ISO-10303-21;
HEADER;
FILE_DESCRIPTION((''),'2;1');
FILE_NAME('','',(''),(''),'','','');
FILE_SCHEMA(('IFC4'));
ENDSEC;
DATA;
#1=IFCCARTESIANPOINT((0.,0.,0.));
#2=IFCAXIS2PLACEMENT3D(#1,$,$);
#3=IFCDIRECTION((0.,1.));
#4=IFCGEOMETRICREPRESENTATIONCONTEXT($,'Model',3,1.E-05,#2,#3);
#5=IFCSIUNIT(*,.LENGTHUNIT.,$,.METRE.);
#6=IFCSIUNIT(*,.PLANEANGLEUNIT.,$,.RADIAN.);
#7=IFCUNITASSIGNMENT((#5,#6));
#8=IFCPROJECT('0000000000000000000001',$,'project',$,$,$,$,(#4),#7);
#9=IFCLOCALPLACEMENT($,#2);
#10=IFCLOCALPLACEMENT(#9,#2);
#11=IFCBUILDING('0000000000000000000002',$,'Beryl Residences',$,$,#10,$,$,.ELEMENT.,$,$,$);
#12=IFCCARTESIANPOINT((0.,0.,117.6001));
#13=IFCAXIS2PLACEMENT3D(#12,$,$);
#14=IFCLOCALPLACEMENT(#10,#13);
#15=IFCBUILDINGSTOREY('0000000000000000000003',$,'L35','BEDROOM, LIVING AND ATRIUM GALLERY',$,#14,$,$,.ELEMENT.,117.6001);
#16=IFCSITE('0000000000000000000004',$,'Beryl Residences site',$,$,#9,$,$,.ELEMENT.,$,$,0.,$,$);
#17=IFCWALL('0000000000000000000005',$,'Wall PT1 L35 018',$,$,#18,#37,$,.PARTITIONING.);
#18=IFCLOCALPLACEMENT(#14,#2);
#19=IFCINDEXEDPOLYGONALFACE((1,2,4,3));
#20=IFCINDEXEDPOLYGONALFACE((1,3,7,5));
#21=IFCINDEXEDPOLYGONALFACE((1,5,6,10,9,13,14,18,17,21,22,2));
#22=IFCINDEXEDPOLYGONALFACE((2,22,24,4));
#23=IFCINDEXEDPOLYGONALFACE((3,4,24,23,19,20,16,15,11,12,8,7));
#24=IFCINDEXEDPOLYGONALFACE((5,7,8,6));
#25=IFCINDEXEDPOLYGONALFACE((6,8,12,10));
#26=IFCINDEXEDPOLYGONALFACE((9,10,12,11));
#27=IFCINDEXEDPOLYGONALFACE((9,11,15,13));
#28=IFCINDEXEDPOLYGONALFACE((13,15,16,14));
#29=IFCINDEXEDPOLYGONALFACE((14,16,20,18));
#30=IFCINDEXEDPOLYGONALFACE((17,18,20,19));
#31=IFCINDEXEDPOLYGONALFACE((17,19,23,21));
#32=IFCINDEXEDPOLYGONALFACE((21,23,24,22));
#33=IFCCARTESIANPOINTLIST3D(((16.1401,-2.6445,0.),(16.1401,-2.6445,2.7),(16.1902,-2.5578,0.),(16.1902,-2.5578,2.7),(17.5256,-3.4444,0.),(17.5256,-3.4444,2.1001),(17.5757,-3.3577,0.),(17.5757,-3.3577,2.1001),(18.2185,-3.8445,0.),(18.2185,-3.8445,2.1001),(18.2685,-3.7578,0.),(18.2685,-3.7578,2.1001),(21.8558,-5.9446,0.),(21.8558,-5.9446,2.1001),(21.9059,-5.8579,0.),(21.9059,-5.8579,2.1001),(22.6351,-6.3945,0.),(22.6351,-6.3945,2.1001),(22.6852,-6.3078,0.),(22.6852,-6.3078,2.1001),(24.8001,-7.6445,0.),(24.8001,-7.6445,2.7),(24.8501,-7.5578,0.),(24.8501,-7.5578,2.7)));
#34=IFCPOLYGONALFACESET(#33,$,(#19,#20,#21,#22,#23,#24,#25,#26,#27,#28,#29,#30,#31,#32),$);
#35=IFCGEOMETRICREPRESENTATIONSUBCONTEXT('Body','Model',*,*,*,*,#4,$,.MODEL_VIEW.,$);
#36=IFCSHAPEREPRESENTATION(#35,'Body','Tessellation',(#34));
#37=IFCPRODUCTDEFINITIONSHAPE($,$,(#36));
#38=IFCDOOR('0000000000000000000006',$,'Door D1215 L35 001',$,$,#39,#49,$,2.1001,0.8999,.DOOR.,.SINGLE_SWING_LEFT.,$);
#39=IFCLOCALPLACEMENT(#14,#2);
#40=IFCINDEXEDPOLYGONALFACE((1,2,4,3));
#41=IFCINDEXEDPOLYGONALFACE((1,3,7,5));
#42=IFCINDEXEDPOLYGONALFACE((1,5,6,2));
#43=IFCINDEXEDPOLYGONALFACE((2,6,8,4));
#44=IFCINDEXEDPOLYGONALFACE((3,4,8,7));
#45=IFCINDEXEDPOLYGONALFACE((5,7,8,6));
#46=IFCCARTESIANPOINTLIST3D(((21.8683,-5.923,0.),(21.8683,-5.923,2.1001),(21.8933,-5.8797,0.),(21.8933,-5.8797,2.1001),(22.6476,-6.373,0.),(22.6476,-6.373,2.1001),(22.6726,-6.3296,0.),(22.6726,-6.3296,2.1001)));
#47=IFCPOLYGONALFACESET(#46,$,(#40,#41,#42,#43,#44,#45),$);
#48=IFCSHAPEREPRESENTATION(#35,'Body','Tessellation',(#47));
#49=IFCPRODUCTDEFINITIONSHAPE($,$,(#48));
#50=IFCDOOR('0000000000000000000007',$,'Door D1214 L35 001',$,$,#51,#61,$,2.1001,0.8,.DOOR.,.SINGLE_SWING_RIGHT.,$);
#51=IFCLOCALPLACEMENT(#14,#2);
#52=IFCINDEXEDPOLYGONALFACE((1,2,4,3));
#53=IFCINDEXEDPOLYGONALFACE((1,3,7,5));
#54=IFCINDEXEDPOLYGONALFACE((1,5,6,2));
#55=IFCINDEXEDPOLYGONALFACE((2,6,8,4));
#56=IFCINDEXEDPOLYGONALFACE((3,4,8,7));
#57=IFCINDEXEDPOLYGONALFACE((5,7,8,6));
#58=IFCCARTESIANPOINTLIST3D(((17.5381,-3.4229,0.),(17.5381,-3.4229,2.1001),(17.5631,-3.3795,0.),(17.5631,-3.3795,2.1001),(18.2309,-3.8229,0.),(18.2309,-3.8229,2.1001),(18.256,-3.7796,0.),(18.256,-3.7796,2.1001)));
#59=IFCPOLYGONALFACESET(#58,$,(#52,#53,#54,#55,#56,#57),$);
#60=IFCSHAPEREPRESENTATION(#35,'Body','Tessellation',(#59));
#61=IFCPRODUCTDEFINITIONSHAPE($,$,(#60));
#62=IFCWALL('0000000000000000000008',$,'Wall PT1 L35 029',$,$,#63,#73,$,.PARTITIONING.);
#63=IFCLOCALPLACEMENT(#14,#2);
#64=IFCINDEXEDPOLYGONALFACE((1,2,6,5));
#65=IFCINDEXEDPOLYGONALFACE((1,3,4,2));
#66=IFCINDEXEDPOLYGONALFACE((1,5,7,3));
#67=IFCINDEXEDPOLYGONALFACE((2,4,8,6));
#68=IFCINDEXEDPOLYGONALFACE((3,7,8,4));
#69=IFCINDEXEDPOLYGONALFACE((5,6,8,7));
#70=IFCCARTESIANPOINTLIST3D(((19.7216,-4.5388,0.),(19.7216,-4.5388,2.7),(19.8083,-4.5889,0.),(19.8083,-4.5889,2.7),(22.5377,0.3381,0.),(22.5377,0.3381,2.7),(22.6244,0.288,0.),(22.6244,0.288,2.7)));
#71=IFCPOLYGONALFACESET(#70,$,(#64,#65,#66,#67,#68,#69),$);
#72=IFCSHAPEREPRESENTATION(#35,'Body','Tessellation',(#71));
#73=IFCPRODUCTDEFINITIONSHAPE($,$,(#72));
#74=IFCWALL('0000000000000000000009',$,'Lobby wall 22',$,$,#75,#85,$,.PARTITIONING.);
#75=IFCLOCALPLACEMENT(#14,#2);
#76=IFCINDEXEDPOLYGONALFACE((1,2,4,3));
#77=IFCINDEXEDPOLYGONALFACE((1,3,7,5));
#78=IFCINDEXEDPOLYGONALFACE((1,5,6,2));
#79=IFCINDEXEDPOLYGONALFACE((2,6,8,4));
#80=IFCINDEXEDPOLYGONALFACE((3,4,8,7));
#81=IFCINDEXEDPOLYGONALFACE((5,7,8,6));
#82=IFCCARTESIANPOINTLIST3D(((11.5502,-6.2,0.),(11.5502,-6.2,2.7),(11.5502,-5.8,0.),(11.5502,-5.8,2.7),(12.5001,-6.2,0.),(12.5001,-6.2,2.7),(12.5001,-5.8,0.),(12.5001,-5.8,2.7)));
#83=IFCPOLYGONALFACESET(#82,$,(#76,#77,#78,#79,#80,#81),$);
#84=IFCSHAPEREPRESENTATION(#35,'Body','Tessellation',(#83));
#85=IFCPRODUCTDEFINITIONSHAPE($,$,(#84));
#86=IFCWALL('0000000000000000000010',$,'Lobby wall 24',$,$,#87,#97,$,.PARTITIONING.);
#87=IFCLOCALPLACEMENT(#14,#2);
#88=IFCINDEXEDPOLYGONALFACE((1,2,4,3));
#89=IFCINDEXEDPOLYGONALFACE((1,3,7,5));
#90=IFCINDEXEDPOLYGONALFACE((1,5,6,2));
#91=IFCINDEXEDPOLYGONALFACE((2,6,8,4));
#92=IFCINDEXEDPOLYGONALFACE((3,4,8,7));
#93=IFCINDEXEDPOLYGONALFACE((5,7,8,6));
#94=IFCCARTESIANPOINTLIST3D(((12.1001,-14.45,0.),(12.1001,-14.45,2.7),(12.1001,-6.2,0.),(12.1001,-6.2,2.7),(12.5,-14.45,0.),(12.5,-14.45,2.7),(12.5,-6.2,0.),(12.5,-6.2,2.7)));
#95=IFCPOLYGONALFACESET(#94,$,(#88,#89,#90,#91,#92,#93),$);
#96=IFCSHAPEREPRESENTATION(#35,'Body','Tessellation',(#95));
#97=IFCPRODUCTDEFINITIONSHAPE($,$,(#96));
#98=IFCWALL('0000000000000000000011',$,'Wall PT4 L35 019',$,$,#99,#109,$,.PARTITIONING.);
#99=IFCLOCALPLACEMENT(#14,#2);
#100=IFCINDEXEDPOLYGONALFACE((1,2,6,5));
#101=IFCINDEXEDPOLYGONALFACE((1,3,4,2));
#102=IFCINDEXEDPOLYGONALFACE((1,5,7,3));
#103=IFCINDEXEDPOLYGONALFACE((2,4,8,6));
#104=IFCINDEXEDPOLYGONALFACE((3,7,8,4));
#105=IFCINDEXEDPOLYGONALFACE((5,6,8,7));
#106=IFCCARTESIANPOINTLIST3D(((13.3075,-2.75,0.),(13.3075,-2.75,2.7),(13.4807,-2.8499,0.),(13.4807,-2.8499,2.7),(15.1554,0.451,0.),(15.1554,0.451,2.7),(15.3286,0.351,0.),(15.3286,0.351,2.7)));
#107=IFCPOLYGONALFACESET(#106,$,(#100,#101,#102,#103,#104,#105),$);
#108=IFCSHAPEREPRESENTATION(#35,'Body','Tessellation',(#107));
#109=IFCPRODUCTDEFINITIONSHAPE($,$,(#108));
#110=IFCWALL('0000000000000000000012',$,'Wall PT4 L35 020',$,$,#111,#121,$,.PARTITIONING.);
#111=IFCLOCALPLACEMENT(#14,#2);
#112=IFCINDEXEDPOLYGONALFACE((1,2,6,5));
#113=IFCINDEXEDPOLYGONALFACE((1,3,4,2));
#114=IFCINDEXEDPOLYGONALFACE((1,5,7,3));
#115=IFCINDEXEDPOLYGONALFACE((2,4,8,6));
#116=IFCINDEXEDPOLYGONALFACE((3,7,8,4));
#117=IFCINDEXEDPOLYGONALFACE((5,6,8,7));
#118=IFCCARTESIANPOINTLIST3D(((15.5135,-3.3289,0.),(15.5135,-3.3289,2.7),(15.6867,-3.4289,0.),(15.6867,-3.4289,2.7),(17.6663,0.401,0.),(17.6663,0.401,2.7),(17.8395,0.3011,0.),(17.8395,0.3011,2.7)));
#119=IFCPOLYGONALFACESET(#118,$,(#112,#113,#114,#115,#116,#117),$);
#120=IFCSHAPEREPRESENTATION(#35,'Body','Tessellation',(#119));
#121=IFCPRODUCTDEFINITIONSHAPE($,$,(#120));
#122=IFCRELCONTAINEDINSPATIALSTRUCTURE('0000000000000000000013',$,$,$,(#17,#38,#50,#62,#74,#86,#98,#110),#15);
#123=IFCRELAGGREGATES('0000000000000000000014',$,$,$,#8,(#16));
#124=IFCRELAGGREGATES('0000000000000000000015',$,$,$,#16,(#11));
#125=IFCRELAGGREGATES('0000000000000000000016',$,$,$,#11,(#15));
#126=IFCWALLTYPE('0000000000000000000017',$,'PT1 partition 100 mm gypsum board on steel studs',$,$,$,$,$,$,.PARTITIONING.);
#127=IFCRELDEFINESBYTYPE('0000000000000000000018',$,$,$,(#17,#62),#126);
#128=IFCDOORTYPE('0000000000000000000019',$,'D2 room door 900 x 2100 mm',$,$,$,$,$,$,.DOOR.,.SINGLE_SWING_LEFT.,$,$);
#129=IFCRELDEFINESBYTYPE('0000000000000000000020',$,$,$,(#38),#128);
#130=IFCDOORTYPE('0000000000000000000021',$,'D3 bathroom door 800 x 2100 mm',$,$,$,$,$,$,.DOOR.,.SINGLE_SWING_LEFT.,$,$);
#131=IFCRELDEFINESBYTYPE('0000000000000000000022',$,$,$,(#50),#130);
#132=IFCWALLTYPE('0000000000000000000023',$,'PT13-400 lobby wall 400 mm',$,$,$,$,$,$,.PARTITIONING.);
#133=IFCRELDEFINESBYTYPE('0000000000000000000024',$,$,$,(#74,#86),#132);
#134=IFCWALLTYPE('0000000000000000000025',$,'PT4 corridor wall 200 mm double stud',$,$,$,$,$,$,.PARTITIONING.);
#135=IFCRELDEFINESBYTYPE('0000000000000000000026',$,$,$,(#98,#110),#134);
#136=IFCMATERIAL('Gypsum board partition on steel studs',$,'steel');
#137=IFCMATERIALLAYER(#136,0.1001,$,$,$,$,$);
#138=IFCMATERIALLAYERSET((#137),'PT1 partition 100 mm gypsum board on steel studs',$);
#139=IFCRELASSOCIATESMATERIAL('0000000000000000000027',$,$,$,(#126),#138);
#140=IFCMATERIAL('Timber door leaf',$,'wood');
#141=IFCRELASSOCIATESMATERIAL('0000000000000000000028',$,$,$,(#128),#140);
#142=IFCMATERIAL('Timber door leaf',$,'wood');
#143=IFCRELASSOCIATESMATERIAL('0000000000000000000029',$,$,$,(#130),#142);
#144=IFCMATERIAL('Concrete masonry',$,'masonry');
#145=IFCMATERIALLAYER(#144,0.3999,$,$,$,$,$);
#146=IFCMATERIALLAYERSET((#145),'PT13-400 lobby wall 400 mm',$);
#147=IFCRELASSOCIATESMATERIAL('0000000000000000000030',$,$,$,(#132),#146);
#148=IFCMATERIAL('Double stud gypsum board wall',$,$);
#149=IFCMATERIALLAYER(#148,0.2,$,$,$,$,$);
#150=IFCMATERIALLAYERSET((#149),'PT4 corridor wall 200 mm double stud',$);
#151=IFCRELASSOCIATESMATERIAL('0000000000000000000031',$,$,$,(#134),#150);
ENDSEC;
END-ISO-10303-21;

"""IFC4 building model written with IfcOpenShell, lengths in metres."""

from ifc_helpers import new_model, si_unit, direction, frame, frame_2d, origin, place, context, subcontext, project, spatial, rectangle, extrude, material, layer, layer_set, type_object, element, fill, save


model = new_model("IFC4")

# Units and contexts
model_context = context("Model", 3, precision=1e-05, world=origin(), true_north=direction((0.0, 1.0)))
body_context = subcontext(model_context, "Body", "Model", "MODEL_VIEW")
ifc_project = project(units=[si_unit("LENGTHUNIT", "METRE"), si_unit("PLANEANGLEUNIT", "RADIAN")], contexts=[model_context])

# Site, building, storey
site_placement = place(None, origin())
site = spatial("IfcSite", under=ifc_project, at=site_placement, Name="Beryl Residences site", CompositionType="ELEMENT", RefElevation=0.0)
building_placement = place(site_placement, origin())
building = spatial("IfcBuilding", under=site, at=building_placement, Name="Beryl Residences", CompositionType="ELEMENT")
storey_placement = place(building_placement, frame((0.0, 0.0, 117.6001)))
storey = spatial("IfcBuildingStorey", under=building, at=storey_placement, Name="L35", Description="BEDROOM, LIVING AND ATRIUM GALLERY", CompositionType="ELEMENT", Elevation=117.6001)

# Shared definitions
ifc_material_1 = material(Name="Gypsum board partition on steel studs", Category="steel")
ifc_layer_1 = layer(ifc_material_1, 0.1001)
ifc_layer_set_1 = layer_set([ifc_layer_1], Name="PT1 partition 100 mm gypsum board on steel studs")
wall_type_1 = type_object("IfcWallType", Name="PT1 partition 100 mm gypsum board on steel studs", PredefinedType="PARTITIONING", material=ifc_layer_set_1)
ifc_material_2 = material(Name="Timber door leaf", Category="wood")
door_type_1 = type_object("IfcDoorType", Name="D2 room door 900 x 2100 mm", OperationType="SINGLE_SWING_LEFT", PredefinedType="DOOR", material=ifc_material_2)

# Wall, openings, doors
wall_1_placement = place(storey_placement, frame((16.165, -2.6011, 0.0), z_axis=(0.0, 0.0, 1.0), x_axis=(0.866017, -0.500015, 0.0)))
wall_1 = element("IfcWall", 1, at=wall_1_placement, inside=storey, type_object=wall_type_1, Name="Wall PT1 L35 018", PredefinedType="PARTITIONING", context=body_context, shape_type="SweptSolid", body=[
    extrude(rectangle(XDim=9.9998, YDim=0.1001, at=frame_2d((5.0, 0.0))), origin(), (0.0, 0.0, 1.0), 2.7),
])
opening_1_placement = place(wall_1_placement, frame((1.6001, 0.0, 0.0)))
opening_1 = element("IfcOpeningElement", 2, at=opening_1_placement, cuts=wall_1, PredefinedType="OPENING", context=body_context, shape_type="SweptSolid", body=[
    extrude(rectangle(XDim=0.8, YDim=2.1001, at=frame_2d((0.3999, 1.05))), frame((0.0, 0.0601, 0.0), z_axis=(0.0, -1.0, 0.0), x_axis=(1.0, 0.0, 0.0)), (0.0, 0.0, 1.0), 0.1201),
])
opening_2_placement = place(wall_1_placement, frame((6.6001, 0.0, 0.0)))
opening_2 = element("IfcOpeningElement", 3, at=opening_2_placement, cuts=wall_1, PredefinedType="OPENING", context=body_context, shape_type="SweptSolid", body=[
    extrude(rectangle(XDim=0.8999, YDim=2.1001, at=frame_2d((0.45, 1.05))), frame((0.0, 0.0601, 0.0), z_axis=(0.0, -1.0, 0.0), x_axis=(1.0, 0.0, 0.0)), (0.0, 0.0, 1.0), 0.1201),
])
door_1_placement = place(opening_2_placement, origin())
door_1 = element("IfcDoor", 4, at=door_1_placement, inside=storey, type_object=door_type_1, Name="Door D1215 L35 001", OperationType="SINGLE_SWING_LEFT", OverallHeight=2.1001, OverallWidth=0.8999, PredefinedType="DOOR", context=body_context, shape_type="SweptSolid", body=[
    extrude(rectangle(XDim=0.8999, YDim=2.1001, at=frame_2d((0.45, 1.05))), frame((0.0, 0.0249, 0.0), z_axis=(0.0, -1.0, 0.0), x_axis=(1.0, 0.0, 0.0)), (0.0, 0.0, 1.0), 0.05),
])
fill(opening_2, door_1)
ifc_material_3 = material(Name="Timber door leaf", Category="wood")
door_type_2 = type_object("IfcDoorType", Name="D3 bathroom door 800 x 2100 mm", OperationType="SINGLE_SWING_LEFT", PredefinedType="DOOR", material=ifc_material_3)
door_2_placement = place(opening_1_placement, origin())
door_2 = element("IfcDoor", 5, at=door_2_placement, inside=storey, type_object=door_type_2, Name="Door D1214 L35 001", OperationType="SINGLE_SWING_RIGHT", OverallHeight=2.1001, OverallWidth=0.8, PredefinedType="DOOR", context=body_context, shape_type="SweptSolid", body=[
    extrude(rectangle(XDim=0.8, YDim=2.1001, at=frame_2d((0.3999, 1.05))), frame((0.0, 0.0249, 0.0), z_axis=(0.0, -1.0, 0.0), x_axis=(1.0, 0.0, 0.0)), (0.0, 0.0, 1.0), 0.05),
])
fill(opening_1, door_2)

# Walls
wall_2_placement = place(storey_placement, frame((19.7649, -4.564, 0.0), z_axis=(0.0, 0.0, 1.0), x_axis=(0.50006, 0.865991, 0.0)))
element("IfcWall", 6, at=wall_2_placement, inside=storey, type_object=wall_type_1, Name="Wall PT1 L35 029", PredefinedType="PARTITIONING", context=body_context, shape_type="SweptSolid", body=[
    extrude(rectangle(XDim=5.6316, YDim=0.1001, at=frame_2d((2.8159, 0.0))), origin(), (0.0, 0.0, 1.0), 2.7),
])
ifc_material_4 = material(Name="Concrete masonry", Category="masonry")
ifc_layer_2 = layer(ifc_material_4, 0.3999)
ifc_layer_set_2 = layer_set([ifc_layer_2], Name="PT13-400 lobby wall 400 mm")
wall_type_2 = type_object("IfcWallType", Name="PT13-400 lobby wall 400 mm", PredefinedType="PARTITIONING", material=ifc_layer_set_2)
wall_3_placement = place(storey_placement, frame((11.55, -6.0, 0.0), z_axis=(0.0, 0.0, 1.0), x_axis=(1.0, 0.0, 0.0)))
element("IfcWall", 7, at=wall_3_placement, inside=storey, type_object=wall_type_2, Name="Lobby wall 22", PredefinedType="PARTITIONING", context=body_context, shape_type="SweptSolid", body=[
    extrude(rectangle(XDim=0.95, YDim=0.3999, at=frame_2d((0.4751, 0.0))), origin(), (0.0, 0.0, 1.0), 2.7),
])
wall_4_placement = place(storey_placement, frame((12.3, -14.45, 0.0), z_axis=(0.0, 0.0, 1.0), x_axis=(0.0, 1.0, 0.0)))
element("IfcWall", 8, at=wall_4_placement, inside=storey, type_object=wall_type_2, Name="Lobby wall 24", PredefinedType="PARTITIONING", context=body_context, shape_type="SweptSolid", body=[
    extrude(rectangle(XDim=8.25, YDim=0.3999, at=frame_2d((4.125, 0.0))), origin(), (0.0, 0.0, 1.0), 2.7),
])
ifc_material_5 = material(Name="Double stud gypsum board wall")
ifc_layer_3 = layer(ifc_material_5, 0.2)
ifc_layer_set_3 = layer_set([ifc_layer_3], Name="PT4 corridor wall 200 mm double stud")
wall_type_3 = type_object("IfcWallType", Name="PT4 corridor wall 200 mm double stud", PredefinedType="PARTITIONING", material=ifc_layer_set_3)
wall_5_placement = place(storey_placement, frame((13.394, -2.8, 0.0), z_axis=(0.0, 0.0, 1.0), x_axis=(0.499968, 0.866044, 0.0)))
element("IfcWall", 9, at=wall_5_placement, inside=storey, type_object=wall_type_3, Name="Wall PT4 L35 019", PredefinedType="PARTITIONING", context=body_context, shape_type="SweptSolid", body=[
    extrude(rectangle(XDim=3.696, YDim=0.2, at=frame_2d((1.8481, 0.0))), origin(), (0.0, 0.0, 1.0), 2.7),
])
wall_6_placement = place(storey_placement, frame((15.6001, -3.3789, 0.0), z_axis=(0.0, 0.0, 1.0), x_axis=(0.499883, 0.866093, 0.0)))
element("IfcWall", 10, at=wall_6_placement, inside=storey, type_object=wall_type_3, Name="Wall PT4 L35 020", PredefinedType="PARTITIONING", context=body_context, shape_type="SweptSolid", body=[
    extrude(rectangle(XDim=4.3066, YDim=0.2, at=frame_2d((2.1533, 0.0))), origin(), (0.0, 0.0, 1.0), 2.7),
])

save(model, "model.ifc")
